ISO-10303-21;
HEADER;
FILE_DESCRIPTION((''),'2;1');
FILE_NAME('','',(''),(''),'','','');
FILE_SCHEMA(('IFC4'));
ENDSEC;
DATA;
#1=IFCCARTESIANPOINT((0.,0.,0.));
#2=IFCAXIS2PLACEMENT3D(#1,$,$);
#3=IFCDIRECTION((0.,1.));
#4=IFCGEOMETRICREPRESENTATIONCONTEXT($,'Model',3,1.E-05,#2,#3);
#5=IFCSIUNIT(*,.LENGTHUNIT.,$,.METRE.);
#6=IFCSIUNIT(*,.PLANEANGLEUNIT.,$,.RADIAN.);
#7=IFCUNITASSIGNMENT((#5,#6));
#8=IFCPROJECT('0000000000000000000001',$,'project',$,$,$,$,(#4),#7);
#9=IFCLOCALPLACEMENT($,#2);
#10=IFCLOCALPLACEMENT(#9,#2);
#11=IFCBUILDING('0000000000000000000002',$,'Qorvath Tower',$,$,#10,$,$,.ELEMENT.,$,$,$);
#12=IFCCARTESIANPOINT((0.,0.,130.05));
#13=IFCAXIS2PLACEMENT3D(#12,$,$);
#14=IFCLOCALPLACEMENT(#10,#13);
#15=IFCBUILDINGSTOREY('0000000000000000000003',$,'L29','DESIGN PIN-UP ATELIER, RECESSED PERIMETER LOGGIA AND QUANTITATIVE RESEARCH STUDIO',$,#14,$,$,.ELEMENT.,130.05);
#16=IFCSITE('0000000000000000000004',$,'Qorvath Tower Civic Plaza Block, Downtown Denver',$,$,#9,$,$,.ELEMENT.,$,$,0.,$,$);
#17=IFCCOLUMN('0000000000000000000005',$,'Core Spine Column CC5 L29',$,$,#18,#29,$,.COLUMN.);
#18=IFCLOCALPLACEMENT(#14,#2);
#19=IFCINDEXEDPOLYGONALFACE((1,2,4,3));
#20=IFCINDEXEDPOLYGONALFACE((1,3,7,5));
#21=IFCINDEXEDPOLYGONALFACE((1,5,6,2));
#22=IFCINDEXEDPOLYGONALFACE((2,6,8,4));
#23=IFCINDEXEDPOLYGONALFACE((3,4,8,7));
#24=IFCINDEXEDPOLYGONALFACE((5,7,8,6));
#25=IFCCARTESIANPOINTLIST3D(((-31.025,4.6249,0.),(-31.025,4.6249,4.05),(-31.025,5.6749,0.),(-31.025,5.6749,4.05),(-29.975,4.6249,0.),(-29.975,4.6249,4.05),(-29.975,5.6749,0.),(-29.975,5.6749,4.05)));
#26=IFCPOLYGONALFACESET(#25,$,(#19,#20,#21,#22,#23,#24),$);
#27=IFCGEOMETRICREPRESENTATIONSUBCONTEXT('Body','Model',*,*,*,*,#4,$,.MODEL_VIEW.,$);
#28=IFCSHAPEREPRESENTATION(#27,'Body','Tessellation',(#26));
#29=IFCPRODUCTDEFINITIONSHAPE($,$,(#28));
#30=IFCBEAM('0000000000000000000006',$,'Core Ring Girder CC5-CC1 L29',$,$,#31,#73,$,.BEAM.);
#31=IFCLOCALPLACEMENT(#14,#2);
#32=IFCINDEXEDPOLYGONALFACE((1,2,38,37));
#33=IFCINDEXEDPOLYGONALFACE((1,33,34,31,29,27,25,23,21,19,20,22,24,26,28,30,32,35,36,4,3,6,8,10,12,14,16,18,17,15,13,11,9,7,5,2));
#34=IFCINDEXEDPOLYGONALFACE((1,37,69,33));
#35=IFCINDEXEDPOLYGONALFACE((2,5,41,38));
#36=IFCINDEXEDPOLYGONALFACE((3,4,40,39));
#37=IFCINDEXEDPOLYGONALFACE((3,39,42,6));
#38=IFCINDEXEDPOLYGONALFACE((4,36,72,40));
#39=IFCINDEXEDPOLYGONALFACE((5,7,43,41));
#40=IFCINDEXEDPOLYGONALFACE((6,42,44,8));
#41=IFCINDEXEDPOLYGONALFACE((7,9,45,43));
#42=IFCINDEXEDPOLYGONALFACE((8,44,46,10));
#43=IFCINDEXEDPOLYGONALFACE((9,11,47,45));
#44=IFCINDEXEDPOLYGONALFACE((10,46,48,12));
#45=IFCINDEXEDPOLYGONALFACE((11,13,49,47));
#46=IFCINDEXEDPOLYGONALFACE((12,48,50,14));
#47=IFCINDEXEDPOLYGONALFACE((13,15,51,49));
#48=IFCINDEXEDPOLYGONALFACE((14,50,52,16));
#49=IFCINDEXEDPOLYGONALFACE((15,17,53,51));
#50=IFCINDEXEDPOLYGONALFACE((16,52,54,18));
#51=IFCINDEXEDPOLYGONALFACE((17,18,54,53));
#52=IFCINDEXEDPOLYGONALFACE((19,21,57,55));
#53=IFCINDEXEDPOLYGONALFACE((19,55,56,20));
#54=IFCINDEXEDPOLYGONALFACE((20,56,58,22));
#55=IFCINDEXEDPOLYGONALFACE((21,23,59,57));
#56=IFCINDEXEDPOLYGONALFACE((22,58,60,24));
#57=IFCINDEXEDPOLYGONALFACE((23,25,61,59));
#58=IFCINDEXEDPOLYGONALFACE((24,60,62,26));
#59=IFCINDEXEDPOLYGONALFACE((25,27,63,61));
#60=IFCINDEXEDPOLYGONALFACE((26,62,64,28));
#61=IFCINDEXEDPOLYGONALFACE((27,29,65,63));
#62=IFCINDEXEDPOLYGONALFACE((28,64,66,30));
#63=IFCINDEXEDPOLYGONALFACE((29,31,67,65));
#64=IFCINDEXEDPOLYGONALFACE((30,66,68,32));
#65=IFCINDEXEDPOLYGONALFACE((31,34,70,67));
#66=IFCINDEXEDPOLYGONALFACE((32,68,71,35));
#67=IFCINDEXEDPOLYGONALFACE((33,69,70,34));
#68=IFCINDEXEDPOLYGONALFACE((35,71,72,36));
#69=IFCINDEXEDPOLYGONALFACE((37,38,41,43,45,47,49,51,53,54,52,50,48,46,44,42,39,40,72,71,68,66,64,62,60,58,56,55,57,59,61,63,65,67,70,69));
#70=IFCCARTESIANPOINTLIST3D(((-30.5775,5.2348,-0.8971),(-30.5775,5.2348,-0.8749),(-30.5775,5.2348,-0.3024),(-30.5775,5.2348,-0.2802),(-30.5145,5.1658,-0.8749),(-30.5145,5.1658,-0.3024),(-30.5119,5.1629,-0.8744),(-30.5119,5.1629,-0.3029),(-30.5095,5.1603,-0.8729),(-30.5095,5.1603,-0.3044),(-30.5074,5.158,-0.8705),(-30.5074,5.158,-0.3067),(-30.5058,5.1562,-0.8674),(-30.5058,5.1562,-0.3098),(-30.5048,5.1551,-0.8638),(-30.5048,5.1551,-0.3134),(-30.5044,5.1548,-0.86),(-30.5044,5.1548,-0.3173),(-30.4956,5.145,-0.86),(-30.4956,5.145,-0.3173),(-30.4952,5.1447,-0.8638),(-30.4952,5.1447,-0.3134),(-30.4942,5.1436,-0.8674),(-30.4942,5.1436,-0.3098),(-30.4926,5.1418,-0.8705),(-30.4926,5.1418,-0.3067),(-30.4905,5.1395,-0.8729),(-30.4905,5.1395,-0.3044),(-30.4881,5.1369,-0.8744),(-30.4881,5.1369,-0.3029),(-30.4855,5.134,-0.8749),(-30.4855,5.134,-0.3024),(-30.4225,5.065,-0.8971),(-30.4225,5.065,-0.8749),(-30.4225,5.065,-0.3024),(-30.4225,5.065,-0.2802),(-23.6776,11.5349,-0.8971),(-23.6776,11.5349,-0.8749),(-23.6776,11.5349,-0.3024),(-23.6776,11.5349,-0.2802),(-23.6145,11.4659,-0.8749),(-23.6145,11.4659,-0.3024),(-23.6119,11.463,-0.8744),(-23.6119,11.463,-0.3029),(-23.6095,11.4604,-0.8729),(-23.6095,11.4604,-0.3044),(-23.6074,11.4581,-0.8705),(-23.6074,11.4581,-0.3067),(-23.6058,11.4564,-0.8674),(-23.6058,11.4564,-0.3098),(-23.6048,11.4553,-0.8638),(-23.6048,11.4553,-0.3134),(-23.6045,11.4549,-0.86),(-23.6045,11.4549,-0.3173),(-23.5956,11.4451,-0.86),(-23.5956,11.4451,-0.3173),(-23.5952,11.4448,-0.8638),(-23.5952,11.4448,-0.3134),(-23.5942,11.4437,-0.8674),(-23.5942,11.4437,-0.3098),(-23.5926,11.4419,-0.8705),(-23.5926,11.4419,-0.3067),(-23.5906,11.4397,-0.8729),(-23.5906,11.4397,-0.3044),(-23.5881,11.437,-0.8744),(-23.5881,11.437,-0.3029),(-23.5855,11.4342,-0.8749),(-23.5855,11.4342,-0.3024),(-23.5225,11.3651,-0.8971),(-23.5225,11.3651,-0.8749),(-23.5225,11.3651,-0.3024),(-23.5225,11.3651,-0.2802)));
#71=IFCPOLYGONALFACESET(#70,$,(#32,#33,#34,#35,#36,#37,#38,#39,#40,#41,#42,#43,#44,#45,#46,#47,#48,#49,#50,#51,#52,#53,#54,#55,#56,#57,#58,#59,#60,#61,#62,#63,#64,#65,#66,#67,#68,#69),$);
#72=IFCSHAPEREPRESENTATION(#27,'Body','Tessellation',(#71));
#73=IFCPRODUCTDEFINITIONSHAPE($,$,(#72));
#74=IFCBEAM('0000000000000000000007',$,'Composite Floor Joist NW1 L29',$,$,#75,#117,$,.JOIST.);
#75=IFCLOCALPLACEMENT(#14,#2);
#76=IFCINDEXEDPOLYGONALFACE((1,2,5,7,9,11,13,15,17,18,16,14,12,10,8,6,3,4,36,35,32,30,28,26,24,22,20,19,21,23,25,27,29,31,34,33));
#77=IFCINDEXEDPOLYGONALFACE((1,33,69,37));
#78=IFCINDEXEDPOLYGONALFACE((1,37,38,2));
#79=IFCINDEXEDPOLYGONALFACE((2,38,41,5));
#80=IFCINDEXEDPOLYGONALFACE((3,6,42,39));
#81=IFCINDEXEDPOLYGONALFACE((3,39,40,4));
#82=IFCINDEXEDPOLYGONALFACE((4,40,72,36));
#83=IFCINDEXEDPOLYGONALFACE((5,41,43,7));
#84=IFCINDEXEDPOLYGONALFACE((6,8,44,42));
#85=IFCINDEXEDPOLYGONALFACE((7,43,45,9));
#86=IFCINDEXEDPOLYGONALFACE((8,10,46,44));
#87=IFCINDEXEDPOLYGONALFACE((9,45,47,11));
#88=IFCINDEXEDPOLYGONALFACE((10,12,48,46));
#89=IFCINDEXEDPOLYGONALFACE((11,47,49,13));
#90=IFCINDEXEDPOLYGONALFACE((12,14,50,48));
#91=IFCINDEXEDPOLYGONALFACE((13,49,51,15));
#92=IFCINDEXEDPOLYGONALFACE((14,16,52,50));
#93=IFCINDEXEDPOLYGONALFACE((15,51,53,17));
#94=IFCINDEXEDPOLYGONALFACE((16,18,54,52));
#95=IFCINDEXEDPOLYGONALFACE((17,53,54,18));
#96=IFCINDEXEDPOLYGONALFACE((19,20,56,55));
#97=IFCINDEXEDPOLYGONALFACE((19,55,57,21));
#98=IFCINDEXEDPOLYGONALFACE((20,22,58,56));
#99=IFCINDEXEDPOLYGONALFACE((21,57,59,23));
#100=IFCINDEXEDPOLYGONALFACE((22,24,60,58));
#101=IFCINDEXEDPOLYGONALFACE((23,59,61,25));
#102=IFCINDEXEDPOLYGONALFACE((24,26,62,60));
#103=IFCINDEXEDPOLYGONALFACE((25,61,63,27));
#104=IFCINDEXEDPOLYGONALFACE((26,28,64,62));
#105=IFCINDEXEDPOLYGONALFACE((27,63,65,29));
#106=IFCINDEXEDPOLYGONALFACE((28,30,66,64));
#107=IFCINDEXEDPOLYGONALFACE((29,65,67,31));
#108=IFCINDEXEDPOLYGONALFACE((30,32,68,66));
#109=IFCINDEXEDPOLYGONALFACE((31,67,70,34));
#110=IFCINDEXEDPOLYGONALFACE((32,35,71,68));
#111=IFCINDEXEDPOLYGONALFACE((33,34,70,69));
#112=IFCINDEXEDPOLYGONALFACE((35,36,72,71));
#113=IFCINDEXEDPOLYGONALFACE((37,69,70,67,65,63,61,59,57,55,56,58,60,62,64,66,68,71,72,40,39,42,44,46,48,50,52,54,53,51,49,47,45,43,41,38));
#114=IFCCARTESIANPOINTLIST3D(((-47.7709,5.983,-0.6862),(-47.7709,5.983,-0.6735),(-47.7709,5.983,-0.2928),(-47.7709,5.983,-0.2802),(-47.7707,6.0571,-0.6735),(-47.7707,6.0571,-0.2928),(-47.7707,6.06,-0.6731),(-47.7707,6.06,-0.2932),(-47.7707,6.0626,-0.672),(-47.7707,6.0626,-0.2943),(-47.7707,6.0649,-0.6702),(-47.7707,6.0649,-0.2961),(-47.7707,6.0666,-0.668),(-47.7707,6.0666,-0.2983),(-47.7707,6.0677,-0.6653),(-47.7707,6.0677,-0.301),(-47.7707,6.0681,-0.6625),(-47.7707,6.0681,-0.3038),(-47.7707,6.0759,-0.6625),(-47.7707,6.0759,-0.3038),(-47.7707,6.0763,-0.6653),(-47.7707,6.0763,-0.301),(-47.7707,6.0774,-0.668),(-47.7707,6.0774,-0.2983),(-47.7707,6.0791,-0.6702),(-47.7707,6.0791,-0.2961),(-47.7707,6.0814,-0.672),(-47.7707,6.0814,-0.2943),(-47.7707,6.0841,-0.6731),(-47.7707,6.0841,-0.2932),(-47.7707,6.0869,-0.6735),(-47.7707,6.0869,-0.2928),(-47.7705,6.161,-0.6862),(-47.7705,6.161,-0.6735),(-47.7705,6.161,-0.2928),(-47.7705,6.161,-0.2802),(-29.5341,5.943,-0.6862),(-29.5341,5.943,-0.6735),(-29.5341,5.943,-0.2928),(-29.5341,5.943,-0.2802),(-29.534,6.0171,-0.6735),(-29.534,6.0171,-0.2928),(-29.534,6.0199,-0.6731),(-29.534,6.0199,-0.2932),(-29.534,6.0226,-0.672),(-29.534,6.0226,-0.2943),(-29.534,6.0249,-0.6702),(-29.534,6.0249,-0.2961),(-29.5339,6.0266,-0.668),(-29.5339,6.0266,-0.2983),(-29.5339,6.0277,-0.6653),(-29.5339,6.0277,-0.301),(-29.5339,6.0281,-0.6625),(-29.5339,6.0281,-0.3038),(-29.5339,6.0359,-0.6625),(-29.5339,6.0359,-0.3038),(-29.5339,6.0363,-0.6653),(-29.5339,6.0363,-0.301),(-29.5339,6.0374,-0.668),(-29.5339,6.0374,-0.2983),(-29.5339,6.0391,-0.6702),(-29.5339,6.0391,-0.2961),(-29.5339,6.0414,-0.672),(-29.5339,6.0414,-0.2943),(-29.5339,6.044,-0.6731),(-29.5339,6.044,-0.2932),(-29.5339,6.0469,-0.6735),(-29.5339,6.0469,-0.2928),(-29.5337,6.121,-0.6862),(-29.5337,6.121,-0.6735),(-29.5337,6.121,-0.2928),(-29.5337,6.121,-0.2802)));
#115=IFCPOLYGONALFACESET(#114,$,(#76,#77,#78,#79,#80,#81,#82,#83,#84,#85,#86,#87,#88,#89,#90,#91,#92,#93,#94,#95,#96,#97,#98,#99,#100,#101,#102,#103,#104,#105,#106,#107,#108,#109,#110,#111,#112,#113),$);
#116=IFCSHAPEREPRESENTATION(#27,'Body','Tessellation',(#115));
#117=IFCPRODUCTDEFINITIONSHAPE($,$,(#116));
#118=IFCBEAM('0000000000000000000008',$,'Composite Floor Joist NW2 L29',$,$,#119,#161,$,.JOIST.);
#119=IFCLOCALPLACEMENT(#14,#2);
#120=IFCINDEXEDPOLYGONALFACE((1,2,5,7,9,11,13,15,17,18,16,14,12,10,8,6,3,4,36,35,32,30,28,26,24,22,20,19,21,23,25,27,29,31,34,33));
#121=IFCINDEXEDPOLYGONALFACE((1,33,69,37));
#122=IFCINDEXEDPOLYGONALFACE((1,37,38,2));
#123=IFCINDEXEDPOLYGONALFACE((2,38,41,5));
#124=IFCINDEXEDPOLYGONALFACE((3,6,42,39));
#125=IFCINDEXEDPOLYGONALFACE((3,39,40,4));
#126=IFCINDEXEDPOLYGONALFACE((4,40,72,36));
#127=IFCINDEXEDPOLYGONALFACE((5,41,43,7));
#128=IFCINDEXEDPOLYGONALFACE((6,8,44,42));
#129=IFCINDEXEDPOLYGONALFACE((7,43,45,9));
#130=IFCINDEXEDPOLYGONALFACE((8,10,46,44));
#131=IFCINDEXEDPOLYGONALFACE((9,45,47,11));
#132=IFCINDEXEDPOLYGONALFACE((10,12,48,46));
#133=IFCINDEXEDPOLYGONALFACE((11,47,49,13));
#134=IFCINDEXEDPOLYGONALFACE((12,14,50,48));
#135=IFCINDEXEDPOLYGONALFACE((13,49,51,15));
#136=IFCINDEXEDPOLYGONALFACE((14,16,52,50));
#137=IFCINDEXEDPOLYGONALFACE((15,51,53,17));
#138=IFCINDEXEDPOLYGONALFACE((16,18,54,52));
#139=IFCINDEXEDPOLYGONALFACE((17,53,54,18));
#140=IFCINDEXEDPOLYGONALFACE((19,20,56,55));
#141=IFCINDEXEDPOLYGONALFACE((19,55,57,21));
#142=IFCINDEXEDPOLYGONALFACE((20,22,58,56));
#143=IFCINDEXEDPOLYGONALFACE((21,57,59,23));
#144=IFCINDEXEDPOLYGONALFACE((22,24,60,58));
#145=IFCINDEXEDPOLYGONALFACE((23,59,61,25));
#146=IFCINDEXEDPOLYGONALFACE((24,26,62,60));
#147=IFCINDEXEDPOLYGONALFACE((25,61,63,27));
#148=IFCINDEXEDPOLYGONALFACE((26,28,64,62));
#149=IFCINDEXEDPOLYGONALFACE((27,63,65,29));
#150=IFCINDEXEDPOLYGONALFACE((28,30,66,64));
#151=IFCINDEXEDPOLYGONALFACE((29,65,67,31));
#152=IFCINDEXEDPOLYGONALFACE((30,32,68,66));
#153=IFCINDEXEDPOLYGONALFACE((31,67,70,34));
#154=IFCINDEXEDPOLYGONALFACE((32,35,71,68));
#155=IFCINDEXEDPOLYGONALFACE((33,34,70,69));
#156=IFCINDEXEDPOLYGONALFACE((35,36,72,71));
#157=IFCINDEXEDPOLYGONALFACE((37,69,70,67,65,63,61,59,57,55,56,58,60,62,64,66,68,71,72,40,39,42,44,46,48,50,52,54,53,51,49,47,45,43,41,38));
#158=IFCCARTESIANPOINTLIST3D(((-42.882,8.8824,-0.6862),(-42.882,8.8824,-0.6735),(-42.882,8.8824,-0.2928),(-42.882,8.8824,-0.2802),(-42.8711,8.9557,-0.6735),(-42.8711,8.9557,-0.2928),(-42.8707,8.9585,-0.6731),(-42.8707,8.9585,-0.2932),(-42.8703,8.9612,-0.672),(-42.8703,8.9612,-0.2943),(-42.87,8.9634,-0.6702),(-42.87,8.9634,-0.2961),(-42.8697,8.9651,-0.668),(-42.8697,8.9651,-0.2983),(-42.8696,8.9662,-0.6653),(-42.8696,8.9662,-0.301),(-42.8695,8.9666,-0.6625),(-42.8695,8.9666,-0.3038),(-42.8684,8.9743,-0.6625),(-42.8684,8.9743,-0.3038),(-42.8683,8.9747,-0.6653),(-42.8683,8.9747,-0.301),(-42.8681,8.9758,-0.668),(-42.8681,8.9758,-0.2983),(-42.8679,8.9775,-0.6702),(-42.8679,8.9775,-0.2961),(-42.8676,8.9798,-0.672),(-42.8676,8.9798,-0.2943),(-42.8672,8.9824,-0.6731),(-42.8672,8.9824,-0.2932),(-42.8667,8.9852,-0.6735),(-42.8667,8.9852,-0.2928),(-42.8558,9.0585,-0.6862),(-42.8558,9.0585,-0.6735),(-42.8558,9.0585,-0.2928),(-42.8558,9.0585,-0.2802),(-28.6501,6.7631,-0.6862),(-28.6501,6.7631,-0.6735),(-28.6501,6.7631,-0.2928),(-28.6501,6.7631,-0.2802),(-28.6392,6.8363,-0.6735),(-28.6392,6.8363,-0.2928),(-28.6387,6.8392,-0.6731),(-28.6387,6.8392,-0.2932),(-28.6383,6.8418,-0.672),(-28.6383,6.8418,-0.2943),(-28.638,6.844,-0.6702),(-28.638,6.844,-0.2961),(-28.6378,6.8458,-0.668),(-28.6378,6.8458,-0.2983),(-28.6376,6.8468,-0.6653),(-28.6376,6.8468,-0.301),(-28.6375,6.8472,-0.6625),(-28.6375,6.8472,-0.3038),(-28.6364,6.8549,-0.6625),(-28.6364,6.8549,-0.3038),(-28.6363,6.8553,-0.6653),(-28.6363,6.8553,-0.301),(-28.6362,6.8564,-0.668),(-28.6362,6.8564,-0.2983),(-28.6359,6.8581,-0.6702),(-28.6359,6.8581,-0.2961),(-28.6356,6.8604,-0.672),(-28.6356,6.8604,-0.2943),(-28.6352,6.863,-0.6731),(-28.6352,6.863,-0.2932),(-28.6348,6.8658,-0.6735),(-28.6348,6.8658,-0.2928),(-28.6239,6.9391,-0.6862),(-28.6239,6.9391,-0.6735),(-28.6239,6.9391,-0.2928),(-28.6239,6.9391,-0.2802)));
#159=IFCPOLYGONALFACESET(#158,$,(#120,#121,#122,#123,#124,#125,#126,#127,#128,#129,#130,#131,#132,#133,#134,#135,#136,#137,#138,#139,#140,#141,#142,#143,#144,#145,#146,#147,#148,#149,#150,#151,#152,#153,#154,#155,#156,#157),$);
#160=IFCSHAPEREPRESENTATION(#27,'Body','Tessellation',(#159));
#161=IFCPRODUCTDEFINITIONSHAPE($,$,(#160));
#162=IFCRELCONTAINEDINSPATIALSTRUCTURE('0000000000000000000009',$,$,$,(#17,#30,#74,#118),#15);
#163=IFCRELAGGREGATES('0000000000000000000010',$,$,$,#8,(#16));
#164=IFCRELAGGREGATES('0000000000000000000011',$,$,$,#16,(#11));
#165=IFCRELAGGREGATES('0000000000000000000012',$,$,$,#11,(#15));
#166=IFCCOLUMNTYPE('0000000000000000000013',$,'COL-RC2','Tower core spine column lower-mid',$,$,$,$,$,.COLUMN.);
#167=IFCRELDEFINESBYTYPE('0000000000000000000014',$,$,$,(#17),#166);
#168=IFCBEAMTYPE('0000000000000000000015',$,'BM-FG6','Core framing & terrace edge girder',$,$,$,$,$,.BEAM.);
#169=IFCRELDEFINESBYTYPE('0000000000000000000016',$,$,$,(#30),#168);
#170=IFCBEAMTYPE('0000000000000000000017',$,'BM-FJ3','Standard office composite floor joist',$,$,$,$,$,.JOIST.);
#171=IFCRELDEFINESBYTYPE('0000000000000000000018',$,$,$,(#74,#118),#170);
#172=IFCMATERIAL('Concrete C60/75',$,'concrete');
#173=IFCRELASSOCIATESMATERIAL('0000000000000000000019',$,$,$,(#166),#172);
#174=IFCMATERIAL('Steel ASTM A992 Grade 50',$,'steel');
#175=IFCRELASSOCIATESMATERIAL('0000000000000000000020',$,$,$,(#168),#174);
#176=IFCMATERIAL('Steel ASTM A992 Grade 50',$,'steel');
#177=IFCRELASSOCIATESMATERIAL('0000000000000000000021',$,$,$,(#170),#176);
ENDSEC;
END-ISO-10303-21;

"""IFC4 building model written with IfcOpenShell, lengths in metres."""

from ifc_helpers import new_model, si_unit, direction, frame, origin, origin_2d, place, context, subcontext, project, spatial, rectangle, i_section, extrude, material, material_profile, profile_set, type_object, element, save


model = new_model("IFC4")

# Units and contexts
model_context = context("Model", 3, precision=1e-05, world=origin(), true_north=direction((0.0, 1.0)))
body_context = subcontext(model_context, "Body", "Model", "MODEL_VIEW")
ifc_project = project(units=[si_unit("LENGTHUNIT", "METRE"), si_unit("PLANEANGLEUNIT", "RADIAN")], contexts=[model_context])

# Site, building, storey
site_placement = place(None, origin())
site = spatial("IfcSite", under=ifc_project, at=site_placement, Name="Qorvath Tower Civic Plaza Block, Downtown Denver", CompositionType="ELEMENT", RefElevation=0.0)
building_placement = place(site_placement, origin())
building = spatial("IfcBuilding", under=site, at=building_placement, Name="Qorvath Tower", CompositionType="ELEMENT")
storey_placement = place(building_placement, frame((0.0, 0.0, 130.05)))
storey = spatial("IfcBuildingStorey", under=building, at=storey_placement, Name="L29", Description="DESIGN PIN-UP ATELIER, RECESSED PERIMETER LOGGIA AND QUANTITATIVE RESEARCH STUDIO", CompositionType="ELEMENT", Elevation=130.05)

# Column
ifc_material_1 = material(Name="Concrete C60/75", Category="concrete")
ifc_material_profile_1 = material_profile(ifc_material_1, rectangle(XDim=1.05, YDim=1.05, at=origin_2d()), Name="RC 1050x1050")
ifc_profile_set_1 = profile_set([ifc_material_profile_1], Name="Concrete C60/75")
column_type = type_object("IfcColumnType", Name="COL-RC2", Description="Tower core spine column lower-mid", PredefinedType="COLUMN", material=ifc_profile_set_1)
column_placement = place(storey_placement, frame((-30.5, 5.1499, 0.0), z_axis=(0.0, 0.0, 1.0), x_axis=(1.0, 0.0, 0.0)))
element("IfcColumn", 1, at=column_placement, inside=storey, type_object=column_type, Name="Core Spine Column CC5 L29", PredefinedType="COLUMN", context=body_context, shape_type="SweptSolid", body=[
    extrude(rectangle(XDim=1.05, YDim=1.05, at=origin_2d()), origin(), (0.0, 0.0, 1.0), 4.05),
])

# Beams
ifc_material_2 = material(Name="Steel ASTM A992 Grade 50", Category="steel")
ifc_material_profile_2 = material_profile(ifc_material_2, i_section(OverallWidth=0.23, OverallDepth=0.6169, WebThickness=0.0132, FlangeThickness=0.0222, FilletRadius=0.0149, at=origin_2d()), Name="W24x94")
ifc_profile_set_2 = profile_set([ifc_material_profile_2], Name="Steel ASTM A992 Grade 50")
beam_type_1 = type_object("IfcBeamType", Name="BM-FG6", Description="Core framing & terrace edge girder", PredefinedType="BEAM", material=ifc_profile_set_2)
beam_1_placement = place(storey_placement, frame((-30.5, 5.1499, -0.5886), z_axis=(0.738478, 0.674277, 0.0), x_axis=(-0.674277, 0.738478, 0.0)))
element("IfcBeam", 2, at=beam_1_placement, inside=storey, type_object=beam_type_1, Name="Core Ring Girder CC5-CC1 L29", PredefinedType="BEAM", context=body_context, shape_type="SweptSolid", body=[
    extrude(i_section(OverallWidth=0.23, OverallDepth=0.6169, WebThickness=0.0132, FlangeThickness=0.0222, FilletRadius=0.0149, at=origin_2d()), origin(), (0.0, 0.0, 1.0), 9.3435),
])
ifc_material_3 = material(Name="Steel ASTM A992 Grade 50", Category="steel")
ifc_material_profile_3 = material_profile(ifc_material_3, i_section(OverallWidth=0.178, OverallDepth=0.406, WebThickness=0.0078, FlangeThickness=0.0127, FilletRadius=0.011, at=origin_2d()), Name="W16x40")
ifc_profile_set_3 = profile_set([ifc_material_profile_3], Name="Steel ASTM A992 Grade 50")
beam_type_2 = type_object("IfcBeamType", Name="BM-FJ3", Description="Standard office composite floor joist", PredefinedType="JOIST", material=ifc_profile_set_3)
beam_2_placement = place(storey_placement, frame((-29.5339, 6.032, -0.4832), z_axis=(-0.999998, 0.002196, 0.0), x_axis=(-0.002196, -0.999998, 0.0)))
element("IfcBeam", 3, at=beam_2_placement, inside=storey, type_object=beam_type_2, Name="Composite Floor Joist NW1 L29", PredefinedType="JOIST", context=body_context, shape_type="SweptSolid", body=[
    extrude(i_section(OverallWidth=0.178, OverallDepth=0.406, WebThickness=0.0078, FlangeThickness=0.0127, FilletRadius=0.011, at=origin_2d()), origin(), (0.0, 0.0, 1.0), 18.2368),
])
beam_3_placement = place(storey_placement, frame((-28.637, 6.8511, -0.4832), z_axis=(-0.989093, 0.147293, 0.0), x_axis=(-0.147293, -0.989093, 0.0)))
element("IfcBeam", 4, at=beam_3_placement, inside=storey, type_object=beam_type_2, Name="Composite Floor Joist NW2 L29", PredefinedType="JOIST", context=body_context, shape_type="SweptSolid", body=[
    extrude(i_section(OverallWidth=0.178, OverallDepth=0.406, WebThickness=0.0078, FlangeThickness=0.0127, FilletRadius=0.011, at=origin_2d()), origin(), (0.0, 0.0, 1.0), 14.3889),
])

save(model, "model.ifc")
